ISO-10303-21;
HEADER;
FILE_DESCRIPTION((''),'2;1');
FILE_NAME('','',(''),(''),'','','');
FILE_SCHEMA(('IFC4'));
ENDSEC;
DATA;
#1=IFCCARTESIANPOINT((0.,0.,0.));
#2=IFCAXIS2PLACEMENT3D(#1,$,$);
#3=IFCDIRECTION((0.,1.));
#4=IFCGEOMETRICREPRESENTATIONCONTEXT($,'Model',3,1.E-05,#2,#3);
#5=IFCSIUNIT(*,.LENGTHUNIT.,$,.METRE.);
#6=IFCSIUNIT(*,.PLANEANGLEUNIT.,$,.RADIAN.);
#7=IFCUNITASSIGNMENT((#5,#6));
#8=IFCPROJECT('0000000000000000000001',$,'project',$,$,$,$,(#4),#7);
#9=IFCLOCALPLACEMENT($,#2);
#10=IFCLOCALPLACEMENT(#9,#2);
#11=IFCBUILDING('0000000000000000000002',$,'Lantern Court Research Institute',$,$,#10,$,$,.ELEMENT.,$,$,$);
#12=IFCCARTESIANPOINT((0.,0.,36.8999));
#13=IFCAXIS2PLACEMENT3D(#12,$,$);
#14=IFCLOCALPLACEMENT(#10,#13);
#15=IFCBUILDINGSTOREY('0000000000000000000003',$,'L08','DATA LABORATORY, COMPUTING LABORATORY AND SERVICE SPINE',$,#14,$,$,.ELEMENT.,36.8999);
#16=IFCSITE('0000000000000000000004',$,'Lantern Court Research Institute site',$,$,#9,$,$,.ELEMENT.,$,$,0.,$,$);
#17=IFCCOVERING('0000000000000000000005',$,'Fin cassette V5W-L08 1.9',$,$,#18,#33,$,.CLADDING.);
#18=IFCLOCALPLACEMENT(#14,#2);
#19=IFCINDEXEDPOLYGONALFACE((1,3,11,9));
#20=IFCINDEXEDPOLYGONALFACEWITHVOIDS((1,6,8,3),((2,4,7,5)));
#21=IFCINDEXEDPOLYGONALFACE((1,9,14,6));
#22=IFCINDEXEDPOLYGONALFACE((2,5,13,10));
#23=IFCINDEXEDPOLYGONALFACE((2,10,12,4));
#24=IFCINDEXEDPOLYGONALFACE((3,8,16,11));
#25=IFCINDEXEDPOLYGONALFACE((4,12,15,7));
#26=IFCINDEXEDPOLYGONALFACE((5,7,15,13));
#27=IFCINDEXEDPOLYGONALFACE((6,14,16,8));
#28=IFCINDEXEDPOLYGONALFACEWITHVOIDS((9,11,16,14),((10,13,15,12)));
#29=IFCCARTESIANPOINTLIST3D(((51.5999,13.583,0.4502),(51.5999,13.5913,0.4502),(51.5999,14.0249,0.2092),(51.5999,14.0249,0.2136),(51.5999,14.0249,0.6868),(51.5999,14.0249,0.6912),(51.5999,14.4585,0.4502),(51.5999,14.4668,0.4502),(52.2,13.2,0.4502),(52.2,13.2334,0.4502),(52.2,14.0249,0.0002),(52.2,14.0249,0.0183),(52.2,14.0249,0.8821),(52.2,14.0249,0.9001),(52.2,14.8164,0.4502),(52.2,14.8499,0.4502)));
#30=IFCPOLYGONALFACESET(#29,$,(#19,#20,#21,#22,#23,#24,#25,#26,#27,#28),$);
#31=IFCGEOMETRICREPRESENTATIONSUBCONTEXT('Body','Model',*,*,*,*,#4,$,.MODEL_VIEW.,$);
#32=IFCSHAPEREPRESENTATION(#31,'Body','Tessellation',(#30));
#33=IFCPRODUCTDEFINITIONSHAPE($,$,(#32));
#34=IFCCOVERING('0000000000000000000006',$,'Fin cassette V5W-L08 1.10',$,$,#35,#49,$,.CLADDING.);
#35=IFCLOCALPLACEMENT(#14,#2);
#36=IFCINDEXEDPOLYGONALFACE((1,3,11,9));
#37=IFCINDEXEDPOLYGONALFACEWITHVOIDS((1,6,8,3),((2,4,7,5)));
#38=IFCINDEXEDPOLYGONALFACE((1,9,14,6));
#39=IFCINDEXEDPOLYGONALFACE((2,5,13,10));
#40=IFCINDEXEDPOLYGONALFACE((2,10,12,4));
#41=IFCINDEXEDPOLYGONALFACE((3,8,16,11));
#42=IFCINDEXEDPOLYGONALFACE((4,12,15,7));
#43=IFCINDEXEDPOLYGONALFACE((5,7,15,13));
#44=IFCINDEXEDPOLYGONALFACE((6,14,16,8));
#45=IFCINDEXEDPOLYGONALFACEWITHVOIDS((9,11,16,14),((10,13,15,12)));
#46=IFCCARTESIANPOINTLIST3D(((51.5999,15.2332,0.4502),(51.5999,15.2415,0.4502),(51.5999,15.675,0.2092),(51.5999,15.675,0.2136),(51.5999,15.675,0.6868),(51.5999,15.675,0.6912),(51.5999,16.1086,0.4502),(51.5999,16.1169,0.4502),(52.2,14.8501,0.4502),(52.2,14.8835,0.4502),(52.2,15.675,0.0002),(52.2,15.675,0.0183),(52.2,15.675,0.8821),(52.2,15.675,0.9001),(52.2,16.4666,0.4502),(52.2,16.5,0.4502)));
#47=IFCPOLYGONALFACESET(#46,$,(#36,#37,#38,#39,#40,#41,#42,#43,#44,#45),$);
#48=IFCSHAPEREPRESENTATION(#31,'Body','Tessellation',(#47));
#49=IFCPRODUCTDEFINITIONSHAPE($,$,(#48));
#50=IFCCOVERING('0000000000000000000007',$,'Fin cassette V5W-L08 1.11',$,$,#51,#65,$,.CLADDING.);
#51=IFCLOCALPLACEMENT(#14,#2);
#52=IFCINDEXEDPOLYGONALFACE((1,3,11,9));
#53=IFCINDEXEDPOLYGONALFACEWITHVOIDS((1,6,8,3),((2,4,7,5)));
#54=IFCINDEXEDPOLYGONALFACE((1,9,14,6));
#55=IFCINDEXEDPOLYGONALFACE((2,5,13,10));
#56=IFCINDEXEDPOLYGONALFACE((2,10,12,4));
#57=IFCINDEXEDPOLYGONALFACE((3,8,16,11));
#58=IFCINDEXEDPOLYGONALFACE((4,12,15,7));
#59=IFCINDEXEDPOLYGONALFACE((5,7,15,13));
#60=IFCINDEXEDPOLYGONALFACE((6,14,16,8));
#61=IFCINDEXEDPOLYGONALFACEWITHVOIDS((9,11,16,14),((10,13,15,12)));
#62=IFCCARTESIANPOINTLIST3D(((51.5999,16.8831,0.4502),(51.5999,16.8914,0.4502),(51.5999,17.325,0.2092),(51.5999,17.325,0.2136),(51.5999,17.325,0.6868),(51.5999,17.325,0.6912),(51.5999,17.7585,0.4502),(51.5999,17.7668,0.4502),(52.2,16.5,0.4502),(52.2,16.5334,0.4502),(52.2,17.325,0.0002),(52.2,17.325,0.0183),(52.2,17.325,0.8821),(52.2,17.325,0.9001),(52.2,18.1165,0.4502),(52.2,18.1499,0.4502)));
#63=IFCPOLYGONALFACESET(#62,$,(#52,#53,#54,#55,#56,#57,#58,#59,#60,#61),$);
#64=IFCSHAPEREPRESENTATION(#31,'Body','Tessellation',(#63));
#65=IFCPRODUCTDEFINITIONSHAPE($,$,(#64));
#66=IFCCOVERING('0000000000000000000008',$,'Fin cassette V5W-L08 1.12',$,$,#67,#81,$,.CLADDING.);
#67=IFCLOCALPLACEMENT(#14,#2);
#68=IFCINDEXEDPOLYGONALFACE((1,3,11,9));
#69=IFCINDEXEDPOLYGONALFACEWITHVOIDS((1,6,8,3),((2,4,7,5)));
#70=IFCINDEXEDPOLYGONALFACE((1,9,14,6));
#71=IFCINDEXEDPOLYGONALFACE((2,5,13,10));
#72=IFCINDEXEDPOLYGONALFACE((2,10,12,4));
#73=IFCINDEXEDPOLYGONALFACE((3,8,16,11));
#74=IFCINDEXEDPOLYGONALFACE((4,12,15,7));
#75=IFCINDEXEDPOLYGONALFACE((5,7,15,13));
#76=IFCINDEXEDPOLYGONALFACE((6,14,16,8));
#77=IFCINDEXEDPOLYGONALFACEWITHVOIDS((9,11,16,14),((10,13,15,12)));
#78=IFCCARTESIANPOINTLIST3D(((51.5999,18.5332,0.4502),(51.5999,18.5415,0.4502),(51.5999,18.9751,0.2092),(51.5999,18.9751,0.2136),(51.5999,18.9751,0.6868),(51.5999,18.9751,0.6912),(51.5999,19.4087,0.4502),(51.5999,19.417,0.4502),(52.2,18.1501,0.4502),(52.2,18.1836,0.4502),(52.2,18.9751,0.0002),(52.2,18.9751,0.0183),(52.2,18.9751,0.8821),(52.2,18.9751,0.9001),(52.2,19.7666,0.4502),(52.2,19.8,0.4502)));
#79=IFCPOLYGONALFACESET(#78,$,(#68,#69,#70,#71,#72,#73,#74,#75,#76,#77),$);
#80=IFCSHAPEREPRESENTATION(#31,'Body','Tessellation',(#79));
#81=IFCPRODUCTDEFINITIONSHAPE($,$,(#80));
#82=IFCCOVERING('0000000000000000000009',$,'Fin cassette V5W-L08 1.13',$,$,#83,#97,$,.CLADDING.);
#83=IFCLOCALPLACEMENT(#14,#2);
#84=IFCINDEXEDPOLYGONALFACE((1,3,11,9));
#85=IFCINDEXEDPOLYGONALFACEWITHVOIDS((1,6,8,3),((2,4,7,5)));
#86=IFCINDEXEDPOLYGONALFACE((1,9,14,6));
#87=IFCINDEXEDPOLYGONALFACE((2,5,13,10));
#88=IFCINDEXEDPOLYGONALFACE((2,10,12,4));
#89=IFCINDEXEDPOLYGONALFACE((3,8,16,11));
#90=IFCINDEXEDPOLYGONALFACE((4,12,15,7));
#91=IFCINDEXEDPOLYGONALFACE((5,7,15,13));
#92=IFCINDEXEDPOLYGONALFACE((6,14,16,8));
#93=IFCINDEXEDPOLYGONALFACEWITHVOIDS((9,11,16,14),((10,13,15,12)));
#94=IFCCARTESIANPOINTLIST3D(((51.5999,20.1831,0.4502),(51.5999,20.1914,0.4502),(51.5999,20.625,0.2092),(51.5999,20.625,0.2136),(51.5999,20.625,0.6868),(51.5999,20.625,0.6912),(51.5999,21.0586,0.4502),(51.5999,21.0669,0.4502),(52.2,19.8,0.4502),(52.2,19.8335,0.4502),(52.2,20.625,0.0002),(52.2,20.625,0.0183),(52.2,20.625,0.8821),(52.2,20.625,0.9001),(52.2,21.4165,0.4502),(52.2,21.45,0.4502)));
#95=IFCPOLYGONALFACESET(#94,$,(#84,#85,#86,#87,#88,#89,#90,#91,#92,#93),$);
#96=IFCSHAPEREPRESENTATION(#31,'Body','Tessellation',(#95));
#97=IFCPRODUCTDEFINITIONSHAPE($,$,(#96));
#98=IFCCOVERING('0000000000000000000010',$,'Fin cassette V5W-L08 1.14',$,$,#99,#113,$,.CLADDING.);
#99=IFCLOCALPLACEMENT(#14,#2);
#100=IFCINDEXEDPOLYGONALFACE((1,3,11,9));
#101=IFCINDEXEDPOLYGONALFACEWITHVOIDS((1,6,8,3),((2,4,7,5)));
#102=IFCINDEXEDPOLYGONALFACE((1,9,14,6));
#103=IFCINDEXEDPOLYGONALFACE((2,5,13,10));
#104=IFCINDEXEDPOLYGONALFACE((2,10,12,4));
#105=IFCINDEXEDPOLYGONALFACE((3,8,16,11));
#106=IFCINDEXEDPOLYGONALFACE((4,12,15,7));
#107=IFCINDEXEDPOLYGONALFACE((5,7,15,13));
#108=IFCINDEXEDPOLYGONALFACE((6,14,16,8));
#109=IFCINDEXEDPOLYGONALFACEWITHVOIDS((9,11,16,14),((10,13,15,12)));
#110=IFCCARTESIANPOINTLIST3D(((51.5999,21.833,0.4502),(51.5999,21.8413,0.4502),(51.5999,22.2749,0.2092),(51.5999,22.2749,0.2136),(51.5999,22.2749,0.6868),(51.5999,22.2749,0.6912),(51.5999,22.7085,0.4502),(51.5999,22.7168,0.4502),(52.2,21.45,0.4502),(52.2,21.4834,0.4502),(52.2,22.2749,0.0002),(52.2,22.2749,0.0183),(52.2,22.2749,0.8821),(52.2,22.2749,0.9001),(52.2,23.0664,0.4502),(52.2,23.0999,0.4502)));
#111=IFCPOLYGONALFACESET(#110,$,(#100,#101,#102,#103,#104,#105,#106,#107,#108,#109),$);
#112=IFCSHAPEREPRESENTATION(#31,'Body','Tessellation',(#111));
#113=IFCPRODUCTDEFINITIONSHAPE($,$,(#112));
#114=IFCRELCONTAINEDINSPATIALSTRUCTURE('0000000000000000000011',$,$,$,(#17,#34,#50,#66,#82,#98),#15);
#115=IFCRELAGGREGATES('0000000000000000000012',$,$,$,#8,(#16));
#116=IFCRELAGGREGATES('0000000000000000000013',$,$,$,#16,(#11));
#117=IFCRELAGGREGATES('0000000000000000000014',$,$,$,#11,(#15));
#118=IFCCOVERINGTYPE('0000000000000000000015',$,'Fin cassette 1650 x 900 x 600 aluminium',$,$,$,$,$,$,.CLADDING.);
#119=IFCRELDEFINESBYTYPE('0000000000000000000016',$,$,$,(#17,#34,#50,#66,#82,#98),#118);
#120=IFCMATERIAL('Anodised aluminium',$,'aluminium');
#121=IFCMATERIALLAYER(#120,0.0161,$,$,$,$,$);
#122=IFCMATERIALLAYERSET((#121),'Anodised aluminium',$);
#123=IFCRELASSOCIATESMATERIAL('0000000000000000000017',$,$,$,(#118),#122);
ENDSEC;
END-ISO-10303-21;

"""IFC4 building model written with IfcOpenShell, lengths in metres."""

from ifc_helpers import new_model, entity, si_unit, direction, frame, origin, place, context, subcontext, project, spatial, material, layer, layer_set, type_object, element, save


model = new_model("IFC4")

# Units and contexts
model_context = context("Model", 3, precision=1e-05, world=origin(), true_north=direction((0.0, 1.0)))
body_context = subcontext(model_context, "Body", "Model", "MODEL_VIEW")
ifc_project = project(units=[si_unit("LENGTHUNIT", "METRE"), si_unit("PLANEANGLEUNIT", "RADIAN")], contexts=[model_context])

# Site, building, storey
site_placement = place(None, origin())
site = spatial("IfcSite", under=ifc_project, at=site_placement, Name="Lantern Court Research Institute site", CompositionType="ELEMENT", RefElevation=0.0)
building_placement = place(site_placement, origin())
building = spatial("IfcBuilding", under=site, at=building_placement, Name="Lantern Court Research Institute", CompositionType="ELEMENT")
storey_placement = place(building_placement, frame((0.0, 0.0, 36.8999)))
storey = spatial("IfcBuildingStorey", under=building, at=storey_placement, Name="L08", Description="DATA LABORATORY, COMPUTING LABORATORY AND SERVICE SPINE", CompositionType="ELEMENT", Elevation=36.8999)

# Coverings
ifc_material_1 = material(Name="Anodised aluminium", Category="aluminium")
ifc_layer_1 = layer(ifc_material_1, 0.0161)
ifc_layer_set_1 = layer_set([ifc_layer_1], Name="Anodised aluminium")
covering_type = type_object("IfcCoveringType", Name="Fin cassette 1650 x 900 x 600 aluminium", PredefinedType="CLADDING", material=ifc_layer_set_1)
covering_1_placement = place(storey_placement, frame((52.2, 14.0249, 0.4502), z_axis=(-1.0, 0.0, 0.0), x_axis=(0.0, -1.0, 0.0)))
cartesian_point_1 = entity("IfcCartesianPoint", [0.825, 0.0])
cartesian_point_2 = entity("IfcCartesianPoint", [0.7915, 0.0])
cartesian_point_3 = entity("IfcCartesianPoint", [0.4419, 0.0])
cartesian_point_4 = entity("IfcCartesianPoint", [0.4336, 0.0])
element("IfcCovering", 1, at=covering_1_placement, inside=storey, type_object=covering_type, Name="Fin cassette V5W-L08 1.9", PredefinedType="CLADDING", context=body_context, shape_type="SweptSolid", body=[
    entity("IfcExtrudedAreaSolidTapered", entity("IfcArbitraryProfileDefWithVoids", "AREA", None, entity("IfcPolyline", [cartesian_point_1, entity("IfcCartesianPoint", [0.0, 0.45]), entity("IfcCartesianPoint", [-0.825, 0.0]), entity("IfcCartesianPoint", [0.0, -0.45]), cartesian_point_1]), [entity("IfcPolyline", [cartesian_point_2, entity("IfcCartesianPoint", [0.0, 0.4319]), entity("IfcCartesianPoint", [-0.7915, 0.0]), entity("IfcCartesianPoint", [0.0, -0.4319]), cartesian_point_2])]), entity("IfcAxis2Placement3D", entity("IfcCartesianPoint", [0.0, 0.0, 0.0])), entity("IfcDirection", [0.0, 0.0, 1.0]), 0.6001, entity("IfcArbitraryProfileDefWithVoids", "AREA", None, entity("IfcPolyline", [cartesian_point_3, entity("IfcCartesianPoint", [0.0, 0.241]), entity("IfcCartesianPoint", [-0.4419, 0.0]), entity("IfcCartesianPoint", [0.0, -0.241]), cartesian_point_3]), [entity("IfcPolyline", [cartesian_point_4, entity("IfcCartesianPoint", [0.0, 0.2366]), entity("IfcCartesianPoint", [-0.4336, 0.0]), entity("IfcCartesianPoint", [0.0, -0.2366]), cartesian_point_4])])),
])
covering_2_placement = place(storey_placement, frame((52.2, 15.675, 0.4502), z_axis=(-1.0, 0.0, 0.0), x_axis=(0.0, -1.0, 0.0)))
cartesian_point_5 = entity("IfcCartesianPoint", [0.825, 0.0])
cartesian_point_6 = entity("IfcCartesianPoint", [0.7915, 0.0])
cartesian_point_7 = entity("IfcCartesianPoint", [0.4419, 0.0])
cartesian_point_8 = entity("IfcCartesianPoint", [0.4336, 0.0])
element("IfcCovering", 2, at=covering_2_placement, inside=storey, type_object=covering_type, Name="Fin cassette V5W-L08 1.10", PredefinedType="CLADDING", context=body_context, shape_type="SweptSolid", body=[
    entity("IfcExtrudedAreaSolidTapered", entity("IfcArbitraryProfileDefWithVoids", "AREA", None, entity("IfcPolyline", [cartesian_point_5, entity("IfcCartesianPoint", [0.0, 0.45]), entity("IfcCartesianPoint", [-0.825, 0.0]), entity("IfcCartesianPoint", [0.0, -0.45]), cartesian_point_5]), [entity("IfcPolyline", [cartesian_point_6, entity("IfcCartesianPoint", [0.0, 0.4319]), entity("IfcCartesianPoint", [-0.7915, 0.0]), entity("IfcCartesianPoint", [0.0, -0.4319]), cartesian_point_6])]), entity("IfcAxis2Placement3D", entity("IfcCartesianPoint", [0.0, 0.0, 0.0])), entity("IfcDirection", [0.0, 0.0, 1.0]), 0.6001, entity("IfcArbitraryProfileDefWithVoids", "AREA", None, entity("IfcPolyline", [cartesian_point_7, entity("IfcCartesianPoint", [0.0, 0.241]), entity("IfcCartesianPoint", [-0.4419, 0.0]), entity("IfcCartesianPoint", [0.0, -0.241]), cartesian_point_7]), [entity("IfcPolyline", [cartesian_point_8, entity("IfcCartesianPoint", [0.0, 0.2366]), entity("IfcCartesianPoint", [-0.4336, 0.0]), entity("IfcCartesianPoint", [0.0, -0.2366]), cartesian_point_8])])),
])
covering_3_placement = place(storey_placement, frame((52.2, 17.325, 0.4502), z_axis=(-1.0, 0.0, 0.0), x_axis=(0.0, -1.0, 0.0)))
cartesian_point_9 = entity("IfcCartesianPoint", [0.825, 0.0])
cartesian_point_10 = entity("IfcCartesianPoint", [0.7915, 0.0])
cartesian_point_11 = entity("IfcCartesianPoint", [0.4419, 0.0])
cartesian_point_12 = entity("IfcCartesianPoint", [0.4336, 0.0])
element("IfcCovering", 3, at=covering_3_placement, inside=storey, type_object=covering_type, Name="Fin cassette V5W-L08 1.11", PredefinedType="CLADDING", context=body_context, shape_type="SweptSolid", body=[
    entity("IfcExtrudedAreaSolidTapered", entity("IfcArbitraryProfileDefWithVoids", "AREA", None, entity("IfcPolyline", [cartesian_point_9, entity("IfcCartesianPoint", [0.0, 0.45]), entity("IfcCartesianPoint", [-0.825, 0.0]), entity("IfcCartesianPoint", [0.0, -0.45]), cartesian_point_9]), [entity("IfcPolyline", [cartesian_point_10, entity("IfcCartesianPoint", [0.0, 0.4319]), entity("IfcCartesianPoint", [-0.7915, 0.0]), entity("IfcCartesianPoint", [0.0, -0.4319]), cartesian_point_10])]), entity("IfcAxis2Placement3D", entity("IfcCartesianPoint", [0.0, 0.0, 0.0])), entity("IfcDirection", [0.0, 0.0, 1.0]), 0.6001, entity("IfcArbitraryProfileDefWithVoids", "AREA", None, entity("IfcPolyline", [cartesian_point_11, entity("IfcCartesianPoint", [0.0, 0.241]), entity("IfcCartesianPoint", [-0.4419, 0.0]), entity("IfcCartesianPoint", [0.0, -0.241]), cartesian_point_11]), [entity("IfcPolyline", [cartesian_point_12, entity("IfcCartesianPoint", [0.0, 0.2366]), entity("IfcCartesianPoint", [-0.4336, 0.0]), entity("IfcCartesianPoint", [0.0, -0.2366]), cartesian_point_12])])),
])
covering_4_placement = place(storey_placement, frame((52.2, 18.9751, 0.4502), z_axis=(-1.0, 0.0, 0.0), x_axis=(0.0, -1.0, 0.0)))
cartesian_point_13 = entity("IfcCartesianPoint", [0.825, 0.0])
cartesian_point_14 = entity("IfcCartesianPoint", [0.7915, 0.0])
cartesian_point_15 = entity("IfcCartesianPoint", [0.4419, 0.0])
cartesian_point_16 = entity("IfcCartesianPoint", [0.4336, 0.0])
element("IfcCovering", 4, at=covering_4_placement, inside=storey, type_object=covering_type, Name="Fin cassette V5W-L08 1.12", PredefinedType="CLADDING", context=body_context, shape_type="SweptSolid", body=[
    entity("IfcExtrudedAreaSolidTapered", entity("IfcArbitraryProfileDefWithVoids", "AREA", None, entity("IfcPolyline", [cartesian_point_13, entity("IfcCartesianPoint", [0.0, 0.45]), entity("IfcCartesianPoint", [-0.825, 0.0]), entity("IfcCartesianPoint", [0.0, -0.45]), cartesian_point_13]), [entity("IfcPolyline", [cartesian_point_14, entity("IfcCartesianPoint", [0.0, 0.4319]), entity("IfcCartesianPoint", [-0.7915, 0.0]), entity("IfcCartesianPoint", [0.0, -0.4319]), cartesian_point_14])]), entity("IfcAxis2Placement3D", entity("IfcCartesianPoint", [0.0, 0.0, 0.0])), entity("IfcDirection", [0.0, 0.0, 1.0]), 0.6001, entity("IfcArbitraryProfileDefWithVoids", "AREA", None, entity("IfcPolyline", [cartesian_point_15, entity("IfcCartesianPoint", [0.0, 0.241]), entity("IfcCartesianPoint", [-0.4419, 0.0]), entity("IfcCartesianPoint", [0.0, -0.241]), cartesian_point_15]), [entity("IfcPolyline", [cartesian_point_16, entity("IfcCartesianPoint", [0.0, 0.2366]), entity("IfcCartesianPoint", [-0.4336, 0.0]), entity("IfcCartesianPoint", [0.0, -0.2366]), cartesian_point_16])])),
])
covering_5_placement = place(storey_placement, frame((52.2, 20.625, 0.4502), z_axis=(-1.0, 0.0, 0.0), x_axis=(0.0, -1.0, 0.0)))
cartesian_point_17 = entity("IfcCartesianPoint", [0.825, 0.0])
cartesian_point_18 = entity("IfcCartesianPoint", [0.7915, 0.0])
cartesian_point_19 = entity("IfcCartesianPoint", [0.4419, 0.0])
cartesian_point_20 = entity("IfcCartesianPoint", [0.4336, 0.0])
element("IfcCovering", 5, at=covering_5_placement, inside=storey, type_object=covering_type, Name="Fin cassette V5W-L08 1.13", PredefinedType="CLADDING", context=body_context, shape_type="SweptSolid", body=[
    entity("IfcExtrudedAreaSolidTapered", entity("IfcArbitraryProfileDefWithVoids", "AREA", None, entity("IfcPolyline", [cartesian_point_17, entity("IfcCartesianPoint", [0.0, 0.45]), entity("IfcCartesianPoint", [-0.825, 0.0]), entity("IfcCartesianPoint", [0.0, -0.45]), cartesian_point_17]), [entity("IfcPolyline", [cartesian_point_18, entity("IfcCartesianPoint", [0.0, 0.4319]), entity("IfcCartesianPoint", [-0.7915, 0.0]), entity("IfcCartesianPoint", [0.0, -0.4319]), cartesian_point_18])]), entity("IfcAxis2Placement3D", entity("IfcCartesianPoint", [0.0, 0.0, 0.0])), entity("IfcDirection", [0.0, 0.0, 1.0]), 0.6001, entity("IfcArbitraryProfileDefWithVoids", "AREA", None, entity("IfcPolyline", [cartesian_point_19, entity("IfcCartesianPoint", [0.0, 0.241]), entity("IfcCartesianPoint", [-0.4419, 0.0]), entity("IfcCartesianPoint", [0.0, -0.241]), cartesian_point_19]), [entity("IfcPolyline", [cartesian_point_20, entity("IfcCartesianPoint", [0.0, 0.2366]), entity("IfcCartesianPoint", [-0.4336, 0.0]), entity("IfcCartesianPoint", [0.0, -0.2366]), cartesian_point_20])])),
])
covering_6_placement = place(storey_placement, frame((52.2, 22.2749, 0.4502), z_axis=(-1.0, 0.0, 0.0), x_axis=(0.0, -1.0, 0.0)))
cartesian_point_21 = entity("IfcCartesianPoint", [0.825, 0.0])
cartesian_point_22 = entity("IfcCartesianPoint", [0.7915, 0.0])
cartesian_point_23 = entity("IfcCartesianPoint", [0.4419, 0.0])
cartesian_point_24 = entity("IfcCartesianPoint", [0.4336, 0.0])
element("IfcCovering", 6, at=covering_6_placement, inside=storey, type_object=covering_type, Name="Fin cassette V5W-L08 1.14", PredefinedType="CLADDING", context=body_context, shape_type="SweptSolid", body=[
    entity("IfcExtrudedAreaSolidTapered", entity("IfcArbitraryProfileDefWithVoids", "AREA", None, entity("IfcPolyline", [cartesian_point_21, entity("IfcCartesianPoint", [0.0, 0.45]), entity("IfcCartesianPoint", [-0.825, 0.0]), entity("IfcCartesianPoint", [0.0, -0.45]), cartesian_point_21]), [entity("IfcPolyline", [cartesian_point_22, entity("IfcCartesianPoint", [0.0, 0.4319]), entity("IfcCartesianPoint", [-0.7915, 0.0]), entity("IfcCartesianPoint", [0.0, -0.4319]), cartesian_point_22])]), entity("IfcAxis2Placement3D", entity("IfcCartesianPoint", [0.0, 0.0, 0.0])), entity("IfcDirection", [0.0, 0.0, 1.0]), 0.6001, entity("IfcArbitraryProfileDefWithVoids", "AREA", None, entity("IfcPolyline", [cartesian_point_23, entity("IfcCartesianPoint", [0.0, 0.241]), entity("IfcCartesianPoint", [-0.4419, 0.0]), entity("IfcCartesianPoint", [0.0, -0.241]), cartesian_point_23]), [entity("IfcPolyline", [cartesian_point_24, entity("IfcCartesianPoint", [0.0, 0.2366]), entity("IfcCartesianPoint", [-0.4336, 0.0]), entity("IfcCartesianPoint", [0.0, -0.2366]), cartesian_point_24])])),
])

save(model, "model.ifc")
